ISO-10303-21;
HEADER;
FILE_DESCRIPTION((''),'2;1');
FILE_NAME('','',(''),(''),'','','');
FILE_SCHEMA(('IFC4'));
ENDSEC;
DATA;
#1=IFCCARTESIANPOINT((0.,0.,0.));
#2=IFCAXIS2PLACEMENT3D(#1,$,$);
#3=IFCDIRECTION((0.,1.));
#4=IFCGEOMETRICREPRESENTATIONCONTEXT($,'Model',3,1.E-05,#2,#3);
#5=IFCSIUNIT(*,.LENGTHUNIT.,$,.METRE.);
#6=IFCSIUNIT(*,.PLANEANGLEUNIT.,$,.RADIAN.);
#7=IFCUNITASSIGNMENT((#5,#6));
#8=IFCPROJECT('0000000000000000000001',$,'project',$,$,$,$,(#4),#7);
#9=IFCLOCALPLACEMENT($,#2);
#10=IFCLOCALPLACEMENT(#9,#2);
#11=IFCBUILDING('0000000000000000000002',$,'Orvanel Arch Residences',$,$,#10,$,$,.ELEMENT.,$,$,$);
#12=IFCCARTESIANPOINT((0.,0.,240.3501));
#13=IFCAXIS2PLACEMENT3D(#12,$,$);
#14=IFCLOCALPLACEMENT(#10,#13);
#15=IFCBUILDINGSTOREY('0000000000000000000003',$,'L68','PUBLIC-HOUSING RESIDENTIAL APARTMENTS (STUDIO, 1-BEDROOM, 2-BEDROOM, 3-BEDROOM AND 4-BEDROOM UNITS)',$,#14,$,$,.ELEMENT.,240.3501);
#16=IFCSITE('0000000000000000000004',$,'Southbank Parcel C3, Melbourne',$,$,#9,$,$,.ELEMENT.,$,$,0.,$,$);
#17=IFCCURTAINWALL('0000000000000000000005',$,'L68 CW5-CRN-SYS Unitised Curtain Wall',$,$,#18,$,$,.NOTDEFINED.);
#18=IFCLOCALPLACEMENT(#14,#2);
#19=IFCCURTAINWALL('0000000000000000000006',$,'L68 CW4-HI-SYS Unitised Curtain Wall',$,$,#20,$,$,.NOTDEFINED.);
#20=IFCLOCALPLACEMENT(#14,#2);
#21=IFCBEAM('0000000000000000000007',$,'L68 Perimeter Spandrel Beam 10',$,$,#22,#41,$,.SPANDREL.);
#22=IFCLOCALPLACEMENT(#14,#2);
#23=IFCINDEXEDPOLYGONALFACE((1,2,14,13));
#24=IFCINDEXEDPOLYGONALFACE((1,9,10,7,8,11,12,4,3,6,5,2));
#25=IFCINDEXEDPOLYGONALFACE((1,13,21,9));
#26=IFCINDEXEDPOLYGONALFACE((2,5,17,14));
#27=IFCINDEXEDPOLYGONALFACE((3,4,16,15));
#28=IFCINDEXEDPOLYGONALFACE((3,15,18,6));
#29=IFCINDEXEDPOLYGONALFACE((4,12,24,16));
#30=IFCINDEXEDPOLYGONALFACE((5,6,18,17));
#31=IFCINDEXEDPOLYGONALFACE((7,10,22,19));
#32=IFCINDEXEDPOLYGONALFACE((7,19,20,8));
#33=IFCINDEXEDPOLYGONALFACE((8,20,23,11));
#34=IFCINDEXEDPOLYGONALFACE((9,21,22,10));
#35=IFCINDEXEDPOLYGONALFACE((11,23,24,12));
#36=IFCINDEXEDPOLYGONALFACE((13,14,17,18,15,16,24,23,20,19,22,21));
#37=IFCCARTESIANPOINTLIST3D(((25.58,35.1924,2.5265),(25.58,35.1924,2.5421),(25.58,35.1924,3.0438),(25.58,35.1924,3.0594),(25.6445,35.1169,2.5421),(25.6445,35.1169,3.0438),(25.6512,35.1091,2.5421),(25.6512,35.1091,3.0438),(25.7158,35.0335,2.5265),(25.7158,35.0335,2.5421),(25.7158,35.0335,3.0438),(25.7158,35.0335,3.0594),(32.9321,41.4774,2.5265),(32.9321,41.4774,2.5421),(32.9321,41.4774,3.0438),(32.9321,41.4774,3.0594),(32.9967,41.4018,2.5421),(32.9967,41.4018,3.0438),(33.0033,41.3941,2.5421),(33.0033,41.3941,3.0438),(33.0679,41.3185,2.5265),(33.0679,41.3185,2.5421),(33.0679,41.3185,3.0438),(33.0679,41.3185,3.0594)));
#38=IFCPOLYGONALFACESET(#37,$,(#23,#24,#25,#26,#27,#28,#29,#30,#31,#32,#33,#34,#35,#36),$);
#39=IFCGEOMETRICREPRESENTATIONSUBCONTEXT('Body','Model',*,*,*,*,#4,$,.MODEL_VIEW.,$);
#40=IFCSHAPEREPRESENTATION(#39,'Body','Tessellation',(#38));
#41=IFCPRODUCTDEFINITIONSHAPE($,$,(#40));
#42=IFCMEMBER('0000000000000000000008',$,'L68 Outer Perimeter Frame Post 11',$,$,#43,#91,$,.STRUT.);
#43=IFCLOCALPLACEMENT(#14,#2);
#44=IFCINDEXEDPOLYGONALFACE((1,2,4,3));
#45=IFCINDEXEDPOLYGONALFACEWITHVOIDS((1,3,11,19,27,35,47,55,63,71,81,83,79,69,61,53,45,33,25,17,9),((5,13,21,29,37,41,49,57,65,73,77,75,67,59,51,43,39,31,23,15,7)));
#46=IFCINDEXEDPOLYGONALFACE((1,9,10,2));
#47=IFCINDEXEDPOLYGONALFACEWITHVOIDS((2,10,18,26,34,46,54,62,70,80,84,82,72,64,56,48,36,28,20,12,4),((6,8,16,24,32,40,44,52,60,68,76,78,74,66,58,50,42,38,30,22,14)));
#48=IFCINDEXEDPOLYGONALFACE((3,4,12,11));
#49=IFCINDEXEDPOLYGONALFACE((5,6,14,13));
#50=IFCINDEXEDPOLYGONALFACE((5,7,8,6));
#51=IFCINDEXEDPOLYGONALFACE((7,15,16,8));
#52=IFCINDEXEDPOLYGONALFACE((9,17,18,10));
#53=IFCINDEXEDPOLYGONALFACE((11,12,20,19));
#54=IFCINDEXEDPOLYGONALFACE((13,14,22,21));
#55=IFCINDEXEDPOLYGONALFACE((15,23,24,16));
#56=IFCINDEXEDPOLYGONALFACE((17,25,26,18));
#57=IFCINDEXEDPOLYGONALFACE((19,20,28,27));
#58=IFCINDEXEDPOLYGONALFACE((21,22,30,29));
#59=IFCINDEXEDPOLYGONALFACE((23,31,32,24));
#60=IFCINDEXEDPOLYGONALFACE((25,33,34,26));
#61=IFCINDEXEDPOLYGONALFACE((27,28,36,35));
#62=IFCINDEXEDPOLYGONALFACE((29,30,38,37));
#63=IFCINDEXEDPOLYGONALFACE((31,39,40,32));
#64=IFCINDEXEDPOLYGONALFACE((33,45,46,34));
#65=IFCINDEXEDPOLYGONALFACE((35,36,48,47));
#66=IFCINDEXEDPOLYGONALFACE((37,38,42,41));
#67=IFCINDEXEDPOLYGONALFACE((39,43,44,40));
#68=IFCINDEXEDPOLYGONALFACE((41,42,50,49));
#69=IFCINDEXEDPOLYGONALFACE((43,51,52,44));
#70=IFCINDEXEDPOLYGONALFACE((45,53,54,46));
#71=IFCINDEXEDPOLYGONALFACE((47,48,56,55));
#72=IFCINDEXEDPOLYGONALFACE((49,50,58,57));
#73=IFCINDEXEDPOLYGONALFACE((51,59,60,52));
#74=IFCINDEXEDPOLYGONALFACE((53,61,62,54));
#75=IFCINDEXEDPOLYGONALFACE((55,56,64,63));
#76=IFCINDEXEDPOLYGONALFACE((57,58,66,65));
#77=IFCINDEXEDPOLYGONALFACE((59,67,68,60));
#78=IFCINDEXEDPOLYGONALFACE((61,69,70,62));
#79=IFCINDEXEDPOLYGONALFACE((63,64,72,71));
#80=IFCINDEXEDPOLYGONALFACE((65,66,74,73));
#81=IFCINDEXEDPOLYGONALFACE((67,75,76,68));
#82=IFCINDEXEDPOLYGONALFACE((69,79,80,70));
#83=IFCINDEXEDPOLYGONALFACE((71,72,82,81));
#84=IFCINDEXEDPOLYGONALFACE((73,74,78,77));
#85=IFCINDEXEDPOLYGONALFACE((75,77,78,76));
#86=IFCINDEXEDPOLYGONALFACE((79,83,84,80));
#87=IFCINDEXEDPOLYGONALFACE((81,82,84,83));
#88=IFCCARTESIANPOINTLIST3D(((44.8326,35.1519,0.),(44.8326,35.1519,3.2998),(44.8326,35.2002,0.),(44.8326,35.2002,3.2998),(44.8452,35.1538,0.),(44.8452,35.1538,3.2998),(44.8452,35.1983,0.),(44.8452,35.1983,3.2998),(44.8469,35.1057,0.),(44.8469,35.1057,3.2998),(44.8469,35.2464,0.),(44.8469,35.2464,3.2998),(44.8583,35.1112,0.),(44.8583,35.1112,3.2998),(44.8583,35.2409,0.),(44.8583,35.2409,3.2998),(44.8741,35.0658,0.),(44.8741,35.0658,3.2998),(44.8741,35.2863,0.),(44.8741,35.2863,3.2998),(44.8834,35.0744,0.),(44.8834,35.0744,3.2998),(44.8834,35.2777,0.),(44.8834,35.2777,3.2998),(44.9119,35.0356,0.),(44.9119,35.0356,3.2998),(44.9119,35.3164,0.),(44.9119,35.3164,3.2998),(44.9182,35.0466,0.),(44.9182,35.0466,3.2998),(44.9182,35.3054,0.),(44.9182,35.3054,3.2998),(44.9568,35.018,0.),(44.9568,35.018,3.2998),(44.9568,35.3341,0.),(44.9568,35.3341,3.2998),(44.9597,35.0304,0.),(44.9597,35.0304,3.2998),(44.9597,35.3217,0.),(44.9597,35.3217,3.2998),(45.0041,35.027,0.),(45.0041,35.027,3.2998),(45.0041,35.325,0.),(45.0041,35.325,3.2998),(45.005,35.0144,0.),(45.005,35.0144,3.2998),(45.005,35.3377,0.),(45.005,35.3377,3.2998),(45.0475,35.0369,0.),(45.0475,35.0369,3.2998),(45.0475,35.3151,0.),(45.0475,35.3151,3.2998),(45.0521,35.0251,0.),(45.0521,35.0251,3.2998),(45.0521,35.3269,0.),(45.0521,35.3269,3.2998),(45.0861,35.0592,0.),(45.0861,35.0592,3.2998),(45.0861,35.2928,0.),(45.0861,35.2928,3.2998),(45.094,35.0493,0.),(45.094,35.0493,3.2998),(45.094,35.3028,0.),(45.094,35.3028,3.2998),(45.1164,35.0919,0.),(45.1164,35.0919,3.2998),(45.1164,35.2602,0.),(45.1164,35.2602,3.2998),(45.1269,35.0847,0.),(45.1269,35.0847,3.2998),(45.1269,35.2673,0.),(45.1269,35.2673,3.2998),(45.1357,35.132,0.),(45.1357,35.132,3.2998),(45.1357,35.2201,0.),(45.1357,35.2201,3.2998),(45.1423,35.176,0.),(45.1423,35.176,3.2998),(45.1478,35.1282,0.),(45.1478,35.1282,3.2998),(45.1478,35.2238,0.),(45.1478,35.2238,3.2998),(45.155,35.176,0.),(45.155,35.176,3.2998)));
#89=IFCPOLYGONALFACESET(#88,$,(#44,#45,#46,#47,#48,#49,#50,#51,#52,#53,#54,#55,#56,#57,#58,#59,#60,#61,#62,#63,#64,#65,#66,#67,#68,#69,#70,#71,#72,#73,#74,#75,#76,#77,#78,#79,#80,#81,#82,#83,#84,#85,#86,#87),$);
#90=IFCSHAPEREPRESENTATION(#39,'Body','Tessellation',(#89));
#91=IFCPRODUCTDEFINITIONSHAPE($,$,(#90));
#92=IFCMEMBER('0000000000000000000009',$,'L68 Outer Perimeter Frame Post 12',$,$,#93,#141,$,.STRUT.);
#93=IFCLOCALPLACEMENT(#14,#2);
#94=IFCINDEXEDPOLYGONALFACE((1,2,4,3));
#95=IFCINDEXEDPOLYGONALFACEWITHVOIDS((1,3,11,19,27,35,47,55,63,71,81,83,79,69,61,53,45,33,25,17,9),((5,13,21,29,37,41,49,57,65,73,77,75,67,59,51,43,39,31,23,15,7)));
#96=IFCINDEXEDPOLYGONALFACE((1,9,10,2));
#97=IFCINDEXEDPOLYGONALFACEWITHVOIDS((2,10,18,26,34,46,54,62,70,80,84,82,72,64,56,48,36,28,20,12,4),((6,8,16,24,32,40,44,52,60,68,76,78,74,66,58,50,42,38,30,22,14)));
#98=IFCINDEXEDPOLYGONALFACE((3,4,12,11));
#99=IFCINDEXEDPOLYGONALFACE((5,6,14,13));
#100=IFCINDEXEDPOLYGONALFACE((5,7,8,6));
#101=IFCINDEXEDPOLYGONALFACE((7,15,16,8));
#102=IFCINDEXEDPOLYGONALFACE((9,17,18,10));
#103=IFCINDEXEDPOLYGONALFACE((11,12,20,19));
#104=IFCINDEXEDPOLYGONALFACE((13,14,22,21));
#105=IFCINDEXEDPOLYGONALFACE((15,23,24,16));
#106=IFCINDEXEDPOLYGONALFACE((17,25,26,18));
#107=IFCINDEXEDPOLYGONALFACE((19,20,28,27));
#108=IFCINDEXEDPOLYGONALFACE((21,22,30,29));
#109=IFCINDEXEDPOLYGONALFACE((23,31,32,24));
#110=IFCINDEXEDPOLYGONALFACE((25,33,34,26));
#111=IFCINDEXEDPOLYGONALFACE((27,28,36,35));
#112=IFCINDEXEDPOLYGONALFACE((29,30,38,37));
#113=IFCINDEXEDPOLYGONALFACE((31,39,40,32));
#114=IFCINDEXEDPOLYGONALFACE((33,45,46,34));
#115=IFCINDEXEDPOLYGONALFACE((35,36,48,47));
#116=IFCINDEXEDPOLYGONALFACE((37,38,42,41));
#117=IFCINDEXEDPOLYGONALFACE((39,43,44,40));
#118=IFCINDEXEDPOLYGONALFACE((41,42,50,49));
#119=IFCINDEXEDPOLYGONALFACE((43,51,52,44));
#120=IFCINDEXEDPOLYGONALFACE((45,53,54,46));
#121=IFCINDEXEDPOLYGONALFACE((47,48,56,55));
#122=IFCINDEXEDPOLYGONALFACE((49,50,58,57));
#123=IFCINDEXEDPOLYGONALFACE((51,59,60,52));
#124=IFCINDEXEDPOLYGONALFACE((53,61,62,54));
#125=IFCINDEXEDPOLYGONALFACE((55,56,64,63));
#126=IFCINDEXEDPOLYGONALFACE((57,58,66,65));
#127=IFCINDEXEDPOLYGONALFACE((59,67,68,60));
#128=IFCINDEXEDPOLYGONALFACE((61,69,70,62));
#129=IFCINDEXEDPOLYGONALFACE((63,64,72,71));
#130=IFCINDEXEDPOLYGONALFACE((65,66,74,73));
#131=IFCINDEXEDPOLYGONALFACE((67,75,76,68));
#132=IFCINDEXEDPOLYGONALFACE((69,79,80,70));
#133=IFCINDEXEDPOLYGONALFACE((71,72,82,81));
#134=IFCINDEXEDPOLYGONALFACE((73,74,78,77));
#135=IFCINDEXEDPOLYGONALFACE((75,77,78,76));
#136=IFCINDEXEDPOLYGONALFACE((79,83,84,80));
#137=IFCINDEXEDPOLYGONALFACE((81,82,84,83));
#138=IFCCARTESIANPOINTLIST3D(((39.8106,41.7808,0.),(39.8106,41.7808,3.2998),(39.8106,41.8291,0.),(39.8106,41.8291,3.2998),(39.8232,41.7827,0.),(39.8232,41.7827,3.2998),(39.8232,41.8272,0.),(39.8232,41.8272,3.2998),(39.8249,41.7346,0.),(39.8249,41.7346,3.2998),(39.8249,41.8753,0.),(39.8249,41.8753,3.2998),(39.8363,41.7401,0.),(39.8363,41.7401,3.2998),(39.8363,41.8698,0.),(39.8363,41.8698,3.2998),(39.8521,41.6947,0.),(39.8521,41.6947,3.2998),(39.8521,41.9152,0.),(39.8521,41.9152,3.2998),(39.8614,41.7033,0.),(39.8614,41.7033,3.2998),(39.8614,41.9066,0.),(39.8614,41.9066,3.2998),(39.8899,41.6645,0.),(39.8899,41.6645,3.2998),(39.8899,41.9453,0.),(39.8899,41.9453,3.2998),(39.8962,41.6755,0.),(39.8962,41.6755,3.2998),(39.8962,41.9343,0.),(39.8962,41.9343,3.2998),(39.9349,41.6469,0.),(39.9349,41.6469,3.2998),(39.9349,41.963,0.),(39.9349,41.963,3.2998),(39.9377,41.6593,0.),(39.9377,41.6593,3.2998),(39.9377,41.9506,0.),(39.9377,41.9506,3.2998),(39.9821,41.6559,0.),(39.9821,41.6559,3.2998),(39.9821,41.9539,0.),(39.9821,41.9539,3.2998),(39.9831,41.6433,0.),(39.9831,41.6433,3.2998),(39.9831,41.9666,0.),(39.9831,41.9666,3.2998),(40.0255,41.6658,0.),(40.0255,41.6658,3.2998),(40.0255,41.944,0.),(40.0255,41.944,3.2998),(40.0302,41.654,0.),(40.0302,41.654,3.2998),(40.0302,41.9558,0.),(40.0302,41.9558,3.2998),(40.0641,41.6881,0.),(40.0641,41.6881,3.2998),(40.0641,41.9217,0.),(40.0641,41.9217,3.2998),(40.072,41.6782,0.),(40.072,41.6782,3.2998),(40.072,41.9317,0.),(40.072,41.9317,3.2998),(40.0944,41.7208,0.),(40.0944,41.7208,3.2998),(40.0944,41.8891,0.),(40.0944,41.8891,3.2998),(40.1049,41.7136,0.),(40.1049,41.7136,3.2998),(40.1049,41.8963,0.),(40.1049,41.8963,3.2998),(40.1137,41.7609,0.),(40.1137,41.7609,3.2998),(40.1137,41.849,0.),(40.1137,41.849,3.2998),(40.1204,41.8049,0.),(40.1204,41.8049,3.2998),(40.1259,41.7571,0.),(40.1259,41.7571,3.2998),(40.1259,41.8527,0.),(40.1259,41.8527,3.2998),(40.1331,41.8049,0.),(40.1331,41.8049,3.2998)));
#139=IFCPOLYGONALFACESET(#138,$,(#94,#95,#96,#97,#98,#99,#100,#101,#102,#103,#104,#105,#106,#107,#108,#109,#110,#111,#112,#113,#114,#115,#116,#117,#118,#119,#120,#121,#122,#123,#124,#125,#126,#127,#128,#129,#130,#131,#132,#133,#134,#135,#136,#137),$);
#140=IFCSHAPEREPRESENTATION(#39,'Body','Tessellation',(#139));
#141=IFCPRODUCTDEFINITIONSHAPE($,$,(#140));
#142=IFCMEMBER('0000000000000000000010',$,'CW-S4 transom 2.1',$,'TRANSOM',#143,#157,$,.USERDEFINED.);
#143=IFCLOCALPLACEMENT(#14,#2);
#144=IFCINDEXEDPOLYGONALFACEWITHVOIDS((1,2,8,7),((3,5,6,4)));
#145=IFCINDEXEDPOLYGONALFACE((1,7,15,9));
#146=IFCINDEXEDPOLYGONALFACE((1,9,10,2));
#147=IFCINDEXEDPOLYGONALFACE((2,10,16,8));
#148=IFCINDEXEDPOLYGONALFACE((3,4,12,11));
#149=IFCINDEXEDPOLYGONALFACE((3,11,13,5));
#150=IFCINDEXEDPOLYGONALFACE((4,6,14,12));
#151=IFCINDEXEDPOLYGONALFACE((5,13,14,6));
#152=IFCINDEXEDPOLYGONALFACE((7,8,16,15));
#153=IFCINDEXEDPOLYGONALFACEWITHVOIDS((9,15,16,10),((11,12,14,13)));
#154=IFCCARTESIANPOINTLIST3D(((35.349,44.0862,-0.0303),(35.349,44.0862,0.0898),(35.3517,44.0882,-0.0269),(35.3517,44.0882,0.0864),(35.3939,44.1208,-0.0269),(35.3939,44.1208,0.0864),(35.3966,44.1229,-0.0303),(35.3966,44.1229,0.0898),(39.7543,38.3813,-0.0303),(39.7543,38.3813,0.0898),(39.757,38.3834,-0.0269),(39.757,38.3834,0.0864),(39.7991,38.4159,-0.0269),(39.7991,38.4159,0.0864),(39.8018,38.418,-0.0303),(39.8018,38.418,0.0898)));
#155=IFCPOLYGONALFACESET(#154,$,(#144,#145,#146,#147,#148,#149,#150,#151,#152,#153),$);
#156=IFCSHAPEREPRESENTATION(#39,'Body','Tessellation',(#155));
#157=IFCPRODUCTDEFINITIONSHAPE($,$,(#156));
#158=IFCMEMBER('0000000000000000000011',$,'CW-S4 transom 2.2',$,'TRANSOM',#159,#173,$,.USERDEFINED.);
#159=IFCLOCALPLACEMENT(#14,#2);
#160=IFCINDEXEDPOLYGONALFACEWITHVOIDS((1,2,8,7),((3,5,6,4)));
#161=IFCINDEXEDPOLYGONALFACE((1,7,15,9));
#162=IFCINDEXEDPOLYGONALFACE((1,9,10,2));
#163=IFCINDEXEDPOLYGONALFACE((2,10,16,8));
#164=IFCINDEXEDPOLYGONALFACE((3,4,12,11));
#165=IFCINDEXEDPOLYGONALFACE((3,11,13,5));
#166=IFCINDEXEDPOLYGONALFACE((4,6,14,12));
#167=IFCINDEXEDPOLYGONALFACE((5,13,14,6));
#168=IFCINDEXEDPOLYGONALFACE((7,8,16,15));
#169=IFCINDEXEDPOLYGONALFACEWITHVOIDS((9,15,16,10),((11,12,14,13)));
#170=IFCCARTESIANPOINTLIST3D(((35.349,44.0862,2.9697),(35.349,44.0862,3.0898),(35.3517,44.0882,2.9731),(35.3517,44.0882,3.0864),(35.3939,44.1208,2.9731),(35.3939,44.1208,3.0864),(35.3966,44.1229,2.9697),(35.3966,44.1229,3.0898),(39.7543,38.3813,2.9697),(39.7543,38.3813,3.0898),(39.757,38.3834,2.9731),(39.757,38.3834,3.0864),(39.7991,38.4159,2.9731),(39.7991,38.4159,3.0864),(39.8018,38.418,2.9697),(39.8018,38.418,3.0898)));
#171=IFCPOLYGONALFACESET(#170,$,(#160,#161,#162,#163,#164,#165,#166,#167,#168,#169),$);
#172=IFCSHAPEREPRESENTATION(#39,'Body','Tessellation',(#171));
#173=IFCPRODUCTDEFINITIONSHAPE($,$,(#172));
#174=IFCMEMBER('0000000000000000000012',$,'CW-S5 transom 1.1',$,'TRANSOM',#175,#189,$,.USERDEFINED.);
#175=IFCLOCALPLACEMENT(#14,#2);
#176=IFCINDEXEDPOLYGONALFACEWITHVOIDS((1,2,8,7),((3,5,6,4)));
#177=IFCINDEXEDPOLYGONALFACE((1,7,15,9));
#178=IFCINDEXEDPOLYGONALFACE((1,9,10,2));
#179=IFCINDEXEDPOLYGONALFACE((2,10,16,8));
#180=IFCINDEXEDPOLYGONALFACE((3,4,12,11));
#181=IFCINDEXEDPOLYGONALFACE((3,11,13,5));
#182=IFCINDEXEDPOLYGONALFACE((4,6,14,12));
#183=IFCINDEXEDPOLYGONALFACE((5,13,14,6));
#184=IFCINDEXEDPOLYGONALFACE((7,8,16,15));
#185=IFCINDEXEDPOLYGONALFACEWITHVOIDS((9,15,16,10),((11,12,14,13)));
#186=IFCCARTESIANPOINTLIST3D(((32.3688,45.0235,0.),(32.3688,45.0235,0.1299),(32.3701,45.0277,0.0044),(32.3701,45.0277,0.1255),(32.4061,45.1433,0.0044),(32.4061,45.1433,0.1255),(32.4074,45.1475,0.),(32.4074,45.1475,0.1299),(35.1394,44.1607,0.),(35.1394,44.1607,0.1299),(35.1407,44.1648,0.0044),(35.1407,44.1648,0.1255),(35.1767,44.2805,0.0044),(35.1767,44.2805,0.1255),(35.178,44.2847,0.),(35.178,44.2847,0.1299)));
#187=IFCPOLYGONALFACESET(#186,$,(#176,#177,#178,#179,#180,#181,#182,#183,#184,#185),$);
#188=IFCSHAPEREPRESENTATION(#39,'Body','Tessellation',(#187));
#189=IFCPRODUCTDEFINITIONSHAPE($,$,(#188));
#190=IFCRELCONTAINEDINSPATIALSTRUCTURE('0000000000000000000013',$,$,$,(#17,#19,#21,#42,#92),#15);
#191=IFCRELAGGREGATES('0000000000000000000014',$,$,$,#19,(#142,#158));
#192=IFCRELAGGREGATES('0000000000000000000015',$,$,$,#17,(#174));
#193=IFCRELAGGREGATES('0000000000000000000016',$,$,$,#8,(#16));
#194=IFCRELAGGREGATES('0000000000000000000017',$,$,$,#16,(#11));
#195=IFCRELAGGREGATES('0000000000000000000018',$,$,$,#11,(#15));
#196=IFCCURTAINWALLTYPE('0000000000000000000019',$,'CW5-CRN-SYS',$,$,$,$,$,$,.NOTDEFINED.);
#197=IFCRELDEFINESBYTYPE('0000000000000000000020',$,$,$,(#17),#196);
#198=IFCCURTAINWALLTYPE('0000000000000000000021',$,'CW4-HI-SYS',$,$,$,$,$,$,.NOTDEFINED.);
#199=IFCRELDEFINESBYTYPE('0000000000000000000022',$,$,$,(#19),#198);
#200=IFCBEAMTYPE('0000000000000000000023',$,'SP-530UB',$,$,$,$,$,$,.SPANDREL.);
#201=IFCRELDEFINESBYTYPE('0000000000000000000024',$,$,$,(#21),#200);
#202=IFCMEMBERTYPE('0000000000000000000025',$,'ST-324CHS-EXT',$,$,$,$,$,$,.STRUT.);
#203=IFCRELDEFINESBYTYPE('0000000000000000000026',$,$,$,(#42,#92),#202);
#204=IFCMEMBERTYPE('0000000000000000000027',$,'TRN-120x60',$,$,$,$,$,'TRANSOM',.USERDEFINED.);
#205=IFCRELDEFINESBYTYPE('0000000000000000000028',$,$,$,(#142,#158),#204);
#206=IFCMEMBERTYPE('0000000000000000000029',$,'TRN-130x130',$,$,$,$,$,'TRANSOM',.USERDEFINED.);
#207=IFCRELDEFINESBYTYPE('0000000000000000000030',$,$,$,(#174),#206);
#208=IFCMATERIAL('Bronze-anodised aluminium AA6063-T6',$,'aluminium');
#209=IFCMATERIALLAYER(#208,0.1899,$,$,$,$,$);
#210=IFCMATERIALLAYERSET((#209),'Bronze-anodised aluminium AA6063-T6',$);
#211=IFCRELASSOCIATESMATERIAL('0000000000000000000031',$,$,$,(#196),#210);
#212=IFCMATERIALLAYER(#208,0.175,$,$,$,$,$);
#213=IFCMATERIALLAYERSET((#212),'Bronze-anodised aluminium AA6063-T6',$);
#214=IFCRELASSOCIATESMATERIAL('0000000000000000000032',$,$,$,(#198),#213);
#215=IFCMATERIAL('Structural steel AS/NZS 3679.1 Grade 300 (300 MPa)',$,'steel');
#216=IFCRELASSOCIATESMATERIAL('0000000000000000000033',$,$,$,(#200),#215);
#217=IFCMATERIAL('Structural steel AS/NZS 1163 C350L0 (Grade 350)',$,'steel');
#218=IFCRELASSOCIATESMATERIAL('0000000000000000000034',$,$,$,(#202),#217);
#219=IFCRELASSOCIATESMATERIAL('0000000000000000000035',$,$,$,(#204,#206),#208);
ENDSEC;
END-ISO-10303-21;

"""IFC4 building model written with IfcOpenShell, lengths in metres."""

from ifc_helpers import new_model, si_unit, direction, frame, origin, origin_2d, place, context, subcontext, project, spatial, hollow_rectangle, hollow_circle, i_section, extrude, material, layer, layer_set, material_profile, profile_set, type_object, element, aggregate, save


model = new_model("IFC4")

# Units and contexts
model_context = context("Model", 3, precision=1e-05, world=origin(), true_north=direction((0.0, 1.0)))
body_context = subcontext(model_context, "Body", "Model", "MODEL_VIEW")
ifc_project = project(units=[si_unit("LENGTHUNIT", "METRE"), si_unit("PLANEANGLEUNIT", "RADIAN")], contexts=[model_context])

# Site, building, storey
site_placement = place(None, origin())
site = spatial("IfcSite", under=ifc_project, at=site_placement, Name="Southbank Parcel C3, Melbourne", CompositionType="ELEMENT", RefElevation=0.0)
building_placement = place(site_placement, origin())
building = spatial("IfcBuilding", under=site, at=building_placement, Name="Orvanel Arch Residences", CompositionType="ELEMENT")
storey_placement = place(building_placement, frame((0.0, 0.0, 240.3501)))
storey = spatial("IfcBuildingStorey", under=building, at=storey_placement, Name="L68", Description="PUBLIC-HOUSING RESIDENTIAL APARTMENTS (STUDIO, 1-BEDROOM, 2-BEDROOM, 3-BEDROOM AND 4-BEDROOM UNITS)", CompositionType="ELEMENT", Elevation=240.3501)

# Shared definitions
ifc_material_1 = material(Name="Structural steel AS/NZS 3679.1 Grade 300 (300 MPa)", Category="steel")

# Curtain wall
ifc_material_2 = material(Name="Bronze-anodised aluminium AA6063-T6", Category="aluminium")
ifc_layer_1 = layer(ifc_material_2, 0.1899)
ifc_layer_set_1 = layer_set([ifc_layer_1], Name="Bronze-anodised aluminium AA6063-T6")
curtain_wall_type_1 = type_object("IfcCurtainWallType", Name="CW5-CRN-SYS", PredefinedType="NOTDEFINED", material=ifc_layer_set_1)
curtain_wall_1_placement = place(storey_placement, origin())
curtain_wall_1 = element("IfcCurtainWall", 1, at=curtain_wall_1_placement, inside=storey, type_object=curtain_wall_type_1, Name="L68 CW5-CRN-SYS Unitised Curtain Wall", PredefinedType="NOTDEFINED")

# Curtain wall
ifc_layer_2 = layer(ifc_material_2, 0.175)
ifc_layer_set_2 = layer_set([ifc_layer_2], Name="Bronze-anodised aluminium AA6063-T6")
curtain_wall_type_2 = type_object("IfcCurtainWallType", Name="CW4-HI-SYS", PredefinedType="NOTDEFINED", material=ifc_layer_set_2)
curtain_wall_2_placement = place(storey_placement, origin())
curtain_wall_2 = element("IfcCurtainWall", 2, at=curtain_wall_2_placement, inside=storey, type_object=curtain_wall_type_2, Name="L68 CW4-HI-SYS Unitised Curtain Wall", PredefinedType="NOTDEFINED")

# Beam
ifc_material_profile_1 = material_profile(ifc_material_1, i_section(OverallWidth=0.209, OverallDepth=0.533, WebThickness=0.0103, FlangeThickness=0.0156, at=origin_2d()), Name="530UB92.4")
ifc_profile_set_1 = profile_set([ifc_material_profile_1], Name="Structural steel AS/NZS 3679.1 Grade 300 (300 MPa)")
beam_type_1 = type_object("IfcBeamType", Name="SP-530UB", PredefinedType="SPANDREL", material=ifc_profile_set_1)
for number, where, z_axis, x_axis, name in (
    (3, (33.0, 41.3979, 2.793), (-0.760117, -0.649787, 0.0), (0.649787, -0.760117, 0.0), "L68 Perimeter Spandrel Beam 10"),
):
    element("IfcBeam", number, at=place(storey_placement, frame(where, z_axis=z_axis, x_axis=x_axis)), inside=storey, type_object=beam_type_1, Name=name, PredefinedType="SPANDREL", context=body_context, shape_type="SweptSolid", body=[
        extrude(i_section(OverallWidth=0.209, OverallDepth=0.533, WebThickness=0.0103, FlangeThickness=0.0156, at=origin_2d()), origin(), (0.0, 0.0, 1.0), 9.6724),
    ])

# Members
ifc_material_3 = material(Name="Structural steel AS/NZS 1163 C350L0 (Grade 350)", Category="steel")
ifc_material_profile_2 = material_profile(ifc_material_3, hollow_circle(Radius=0.1621, WallThickness=0.0127, at=origin_2d()), Name="CHS324x12.7")
ifc_profile_set_2 = profile_set([ifc_material_profile_2], Name="Structural steel AS/NZS 1163 C350L0 (Grade 350)")
member_type_1 = type_object("IfcMemberType", Name="ST-324CHS-EXT", PredefinedType="STRUT", material=ifc_profile_set_2)
for number, where, z_axis, x_axis, name in (
    (4, (44.9929, 35.176, 0.0), (0.0, 0.0, 1.0), (1.0, 0.0, 0.0), "L68 Outer Perimeter Frame Post 11"),
    (5, (39.9709, 41.8049, 0.0), (0.0, 0.0, 1.0), (1.0, 0.0, 0.0), "L68 Outer Perimeter Frame Post 12"),
):
    element("IfcMember", number, at=place(storey_placement, frame(where, z_axis=z_axis, x_axis=x_axis)), inside=storey, type_object=member_type_1, Name=name, PredefinedType="STRUT", context=body_context, shape_type="SweptSolid", body=[
        extrude(hollow_circle(Radius=0.1621, WallThickness=0.0127, at=origin_2d()), origin(), (0.0, 0.0, 1.0), 3.2998),
    ])

# Members
ifc_material_profile_3 = material_profile(ifc_material_2, hollow_rectangle(XDim=0.0601, YDim=0.1201, WallThickness=0.0034, at=origin_2d()), Name="ALU120x60x3.5")
ifc_profile_set_3 = profile_set([ifc_material_profile_3], Name="Bronze-anodised aluminium AA6063-T6")
member_type_2 = type_object("IfcMemberType", Name="TRN-120x60", ElementType="TRANSOM", PredefinedType="USERDEFINED", material=ifc_profile_set_3)
member_1_placement = place(storey_placement, frame((39.7781, 38.3997, 0.0298), z_axis=(-0.611186, 0.791487, 0.0), x_axis=(-0.791487, -0.611186, 0.0)))
member_1 = element("IfcMember", 6, at=member_1_placement, type_object=member_type_2, Name="CW-S4 transom 2.1", ObjectType="TRANSOM", PredefinedType="USERDEFINED", context=body_context, shape_type="SweptSolid", body=[
    extrude(hollow_rectangle(XDim=0.0601, YDim=0.1201, WallThickness=0.0034, at=origin_2d()), origin(), (0.0, 0.0, 1.0), 7.2078),
])
member_2_placement = place(storey_placement, frame((39.7781, 38.3997, 3.0298), z_axis=(-0.611186, 0.791487, 0.0), x_axis=(-0.791487, -0.611186, 0.0)))
member_2 = element("IfcMember", 7, at=member_2_placement, type_object=member_type_2, Name="CW-S4 transom 2.2", ObjectType="TRANSOM", PredefinedType="USERDEFINED", context=body_context, shape_type="SweptSolid", body=[
    extrude(hollow_rectangle(XDim=0.0601, YDim=0.1201, WallThickness=0.0034, at=origin_2d()), origin(), (0.0, 0.0, 1.0), 7.2078),
])
ifc_material_profile_4 = material_profile(ifc_material_2, hollow_rectangle(XDim=0.1299, YDim=0.1299, WallThickness=0.0044, at=origin_2d()), Name="ALU130x130x4.5")
ifc_profile_set_4 = profile_set([ifc_material_profile_4], Name="Bronze-anodised aluminium AA6063-T6")
member_type_3 = type_object("IfcMemberType", Name="TRN-130x130", ElementType="TRANSOM", PredefinedType="USERDEFINED", material=ifc_profile_set_4)
member_3_placement = place(storey_placement, frame((35.1587, 44.2227, 0.0649), z_axis=(-0.954773, 0.297336, 0.0), x_axis=(-0.297336, -0.954773, 0.0)))
member_3 = element("IfcMember", 8, at=member_3_placement, type_object=member_type_3, Name="CW-S5 transom 1.1", ObjectType="TRANSOM", PredefinedType="USERDEFINED", context=body_context, shape_type="SweptSolid", body=[
    extrude(hollow_rectangle(XDim=0.1299, YDim=0.1299, WallThickness=0.0044, at=origin_2d()), origin(), (0.0, 0.0, 1.0), 2.9019),
])

aggregate(curtain_wall_2, [member_1, member_2])
aggregate(curtain_wall_1, [member_3])

save(model, "model.ifc")
